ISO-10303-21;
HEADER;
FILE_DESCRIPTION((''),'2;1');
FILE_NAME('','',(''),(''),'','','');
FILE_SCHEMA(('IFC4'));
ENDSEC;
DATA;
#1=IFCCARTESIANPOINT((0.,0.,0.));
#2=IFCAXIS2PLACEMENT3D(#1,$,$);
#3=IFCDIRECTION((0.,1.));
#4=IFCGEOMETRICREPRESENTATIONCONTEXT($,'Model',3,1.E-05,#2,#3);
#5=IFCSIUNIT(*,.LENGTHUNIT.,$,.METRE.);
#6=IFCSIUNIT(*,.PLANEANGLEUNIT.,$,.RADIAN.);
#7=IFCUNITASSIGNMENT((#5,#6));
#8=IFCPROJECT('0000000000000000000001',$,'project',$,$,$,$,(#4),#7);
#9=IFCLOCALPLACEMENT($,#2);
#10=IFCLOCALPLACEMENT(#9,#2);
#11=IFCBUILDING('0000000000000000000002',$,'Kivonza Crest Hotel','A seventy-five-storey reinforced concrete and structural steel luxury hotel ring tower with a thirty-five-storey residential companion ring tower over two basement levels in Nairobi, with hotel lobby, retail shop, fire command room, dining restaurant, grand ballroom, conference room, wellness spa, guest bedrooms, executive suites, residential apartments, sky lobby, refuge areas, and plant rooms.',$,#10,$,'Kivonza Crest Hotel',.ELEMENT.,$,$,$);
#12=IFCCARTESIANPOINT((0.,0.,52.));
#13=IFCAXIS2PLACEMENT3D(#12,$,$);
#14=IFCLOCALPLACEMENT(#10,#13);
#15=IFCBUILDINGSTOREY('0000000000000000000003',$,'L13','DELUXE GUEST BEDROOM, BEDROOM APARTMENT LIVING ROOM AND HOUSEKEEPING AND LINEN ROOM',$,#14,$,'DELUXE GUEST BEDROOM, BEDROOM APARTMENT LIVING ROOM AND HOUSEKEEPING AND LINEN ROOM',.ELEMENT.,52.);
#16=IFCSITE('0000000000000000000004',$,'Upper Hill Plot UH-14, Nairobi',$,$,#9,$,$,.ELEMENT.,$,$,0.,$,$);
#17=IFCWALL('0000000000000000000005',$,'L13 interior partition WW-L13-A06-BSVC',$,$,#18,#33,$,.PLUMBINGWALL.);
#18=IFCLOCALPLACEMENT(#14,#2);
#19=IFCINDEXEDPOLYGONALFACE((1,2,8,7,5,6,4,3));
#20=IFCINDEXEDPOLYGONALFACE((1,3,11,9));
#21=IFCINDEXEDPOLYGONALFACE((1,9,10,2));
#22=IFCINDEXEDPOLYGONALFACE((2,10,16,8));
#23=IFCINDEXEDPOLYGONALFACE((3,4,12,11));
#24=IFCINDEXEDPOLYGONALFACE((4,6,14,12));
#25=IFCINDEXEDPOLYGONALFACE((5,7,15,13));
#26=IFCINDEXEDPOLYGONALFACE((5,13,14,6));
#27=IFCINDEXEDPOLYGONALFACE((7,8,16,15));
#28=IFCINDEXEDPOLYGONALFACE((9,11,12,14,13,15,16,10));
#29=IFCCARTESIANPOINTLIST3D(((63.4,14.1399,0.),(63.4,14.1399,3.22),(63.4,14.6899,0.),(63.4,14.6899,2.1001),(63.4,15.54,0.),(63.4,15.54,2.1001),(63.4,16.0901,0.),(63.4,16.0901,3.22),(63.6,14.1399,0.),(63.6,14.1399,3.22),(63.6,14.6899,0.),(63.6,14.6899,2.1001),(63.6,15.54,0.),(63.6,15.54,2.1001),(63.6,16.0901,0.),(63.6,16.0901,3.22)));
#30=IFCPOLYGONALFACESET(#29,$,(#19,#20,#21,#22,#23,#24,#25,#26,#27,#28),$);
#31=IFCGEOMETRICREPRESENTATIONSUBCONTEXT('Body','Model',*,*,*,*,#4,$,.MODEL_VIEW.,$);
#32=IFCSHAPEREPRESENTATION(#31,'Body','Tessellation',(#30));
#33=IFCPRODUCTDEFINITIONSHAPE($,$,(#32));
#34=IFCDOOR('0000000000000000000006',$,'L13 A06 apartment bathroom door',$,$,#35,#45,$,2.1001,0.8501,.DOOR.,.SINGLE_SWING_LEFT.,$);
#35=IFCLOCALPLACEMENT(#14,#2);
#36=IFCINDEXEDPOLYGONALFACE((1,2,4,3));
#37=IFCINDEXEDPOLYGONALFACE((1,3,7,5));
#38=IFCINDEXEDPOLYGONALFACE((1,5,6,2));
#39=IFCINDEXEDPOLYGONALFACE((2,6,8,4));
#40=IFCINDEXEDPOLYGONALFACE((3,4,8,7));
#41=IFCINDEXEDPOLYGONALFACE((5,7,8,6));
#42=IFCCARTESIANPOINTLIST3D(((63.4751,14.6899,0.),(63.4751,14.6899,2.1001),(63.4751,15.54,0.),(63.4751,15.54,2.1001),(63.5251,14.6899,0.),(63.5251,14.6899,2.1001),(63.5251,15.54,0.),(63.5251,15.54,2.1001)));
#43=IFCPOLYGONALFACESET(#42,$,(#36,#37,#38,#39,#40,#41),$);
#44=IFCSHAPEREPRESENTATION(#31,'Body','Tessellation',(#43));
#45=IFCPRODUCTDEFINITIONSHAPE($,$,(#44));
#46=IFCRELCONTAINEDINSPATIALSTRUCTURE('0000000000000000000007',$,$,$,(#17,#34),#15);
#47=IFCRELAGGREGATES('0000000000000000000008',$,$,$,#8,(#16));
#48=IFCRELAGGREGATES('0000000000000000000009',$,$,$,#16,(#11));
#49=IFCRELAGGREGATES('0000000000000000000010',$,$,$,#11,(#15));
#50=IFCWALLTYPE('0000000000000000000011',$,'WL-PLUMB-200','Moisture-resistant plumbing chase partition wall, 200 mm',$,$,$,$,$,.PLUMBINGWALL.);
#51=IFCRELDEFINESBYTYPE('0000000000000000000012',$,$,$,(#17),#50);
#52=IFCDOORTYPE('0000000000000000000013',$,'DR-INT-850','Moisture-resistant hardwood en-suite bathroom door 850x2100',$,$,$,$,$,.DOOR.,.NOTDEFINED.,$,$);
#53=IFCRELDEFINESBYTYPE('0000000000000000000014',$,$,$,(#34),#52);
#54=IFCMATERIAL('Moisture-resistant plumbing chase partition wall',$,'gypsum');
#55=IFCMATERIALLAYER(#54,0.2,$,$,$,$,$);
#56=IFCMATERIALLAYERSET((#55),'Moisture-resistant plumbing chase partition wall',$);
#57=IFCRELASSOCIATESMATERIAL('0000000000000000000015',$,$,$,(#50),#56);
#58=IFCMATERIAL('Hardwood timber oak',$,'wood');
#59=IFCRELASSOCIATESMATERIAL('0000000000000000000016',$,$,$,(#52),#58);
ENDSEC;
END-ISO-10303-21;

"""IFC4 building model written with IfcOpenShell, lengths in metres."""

from ifc_helpers import new_model, si_unit, direction, frame, frame_2d, origin, place, context, subcontext, project, spatial, rectangle, extrude, material, layer, layer_set, type_object, element, fill, save


model = new_model("IFC4")

# Units and contexts
model_context = context("Model", 3, precision=1e-05, world=origin(), true_north=direction((0.0, 1.0)))
body_context = subcontext(model_context, "Body", "Model", "MODEL_VIEW")
ifc_project = project(units=[si_unit("LENGTHUNIT", "METRE"), si_unit("PLANEANGLEUNIT", "RADIAN")], contexts=[model_context])

# Site, building, storey
site_placement = place(None, origin())
site = spatial("IfcSite", under=ifc_project, at=site_placement, Name="Upper Hill Plot UH-14, Nairobi", CompositionType="ELEMENT", RefElevation=0.0)
building_placement = place(site_placement, origin())
building = spatial("IfcBuilding", under=site, at=building_placement, Name="Kivonza Crest Hotel", Description="A seventy-five-storey reinforced concrete and structural steel luxury hotel ring tower with a thirty-five-storey residential companion ring tower over two basement levels in Nairobi, with hotel lobby, retail shop, fire command room, dining restaurant, grand ballroom, conference room, wellness spa, guest bedrooms, executive suites, residential apartments, sky lobby, refuge areas, and plant rooms.", LongName="Kivonza Crest Hotel", CompositionType="ELEMENT")
storey_placement = place(building_placement, frame((0.0, 0.0, 52.0)))
storey = spatial("IfcBuildingStorey", under=building, at=storey_placement, Name="L13", Description="DELUXE GUEST BEDROOM, BEDROOM APARTMENT LIVING ROOM AND HOUSEKEEPING AND LINEN ROOM", LongName="DELUXE GUEST BEDROOM, BEDROOM APARTMENT LIVING ROOM AND HOUSEKEEPING AND LINEN ROOM", CompositionType="ELEMENT", Elevation=52.0)

# Shared definitions
ifc_material_1 = material(Name="Hardwood timber oak", Category="wood")

# Shared definitions
ifc_material_2 = material(Name="Moisture-resistant plumbing chase partition wall", Category="gypsum")
ifc_layer_1 = layer(ifc_material_2, 0.2)
ifc_layer_set_1 = layer_set([ifc_layer_1], Name="Moisture-resistant plumbing chase partition wall")
wall_type_1 = type_object("IfcWallType", Name="WL-PLUMB-200", Description="Moisture-resistant plumbing chase partition wall, 200 mm", PredefinedType="PLUMBINGWALL", material=ifc_layer_set_1)

# Wall, opening, door
wall_1_placement = place(storey_placement, frame((63.5, 14.1399, 0.0), z_axis=(0.0, 0.0, 1.0), x_axis=(0.0, 1.0, 0.0)))
wall_1 = element("IfcWall", 1, at=wall_1_placement, inside=storey, type_object=wall_type_1, Name="L13 interior partition WW-L13-A06-BSVC", PredefinedType="PLUMBINGWALL", context=body_context, shape_type="SweptSolid", body=[
    extrude(rectangle(XDim=1.9502, YDim=0.2, at=frame_2d((0.9751, 0.0))), origin(), (0.0, 0.0, 1.0), 3.22),
])
opening_1_placement = place(wall_1_placement, frame((0.55, 0.0, 0.0)))
opening_1 = element("IfcOpeningElement", 2, at=opening_1_placement, cuts=wall_1, PredefinedType="OPENING", context=body_context, shape_type="SweptSolid", body=[
    extrude(rectangle(XDim=0.8501, YDim=2.1001, at=frame_2d((0.425, 1.05))), frame((0.0, 0.1099, 0.0), z_axis=(0.0, -1.0, 0.0), x_axis=(1.0, 0.0, 0.0)), (0.0, 0.0, 1.0), 0.22),
])
door_type_1 = type_object("IfcDoorType", Name="DR-INT-850", Description="Moisture-resistant hardwood en-suite bathroom door 850x2100", OperationType="NOTDEFINED", PredefinedType="DOOR", material=ifc_material_1)
door_1_placement = place(opening_1_placement, origin())
door_1 = element("IfcDoor", 3, at=door_1_placement, inside=storey, type_object=door_type_1, Name="L13 A06 apartment bathroom door", OperationType="SINGLE_SWING_LEFT", OverallHeight=2.1001, OverallWidth=0.8501, PredefinedType="DOOR", context=body_context, shape_type="SweptSolid", body=[
    extrude(rectangle(XDim=0.8501, YDim=2.1001, at=frame_2d((0.425, 1.05))), frame((0.0, 0.0249, 0.0), z_axis=(0.0, -1.0, 0.0), x_axis=(1.0, 0.0, 0.0)), (0.0, 0.0, 1.0), 0.05),
])
fill(opening_1, door_1)

save(model, "model.ifc")
